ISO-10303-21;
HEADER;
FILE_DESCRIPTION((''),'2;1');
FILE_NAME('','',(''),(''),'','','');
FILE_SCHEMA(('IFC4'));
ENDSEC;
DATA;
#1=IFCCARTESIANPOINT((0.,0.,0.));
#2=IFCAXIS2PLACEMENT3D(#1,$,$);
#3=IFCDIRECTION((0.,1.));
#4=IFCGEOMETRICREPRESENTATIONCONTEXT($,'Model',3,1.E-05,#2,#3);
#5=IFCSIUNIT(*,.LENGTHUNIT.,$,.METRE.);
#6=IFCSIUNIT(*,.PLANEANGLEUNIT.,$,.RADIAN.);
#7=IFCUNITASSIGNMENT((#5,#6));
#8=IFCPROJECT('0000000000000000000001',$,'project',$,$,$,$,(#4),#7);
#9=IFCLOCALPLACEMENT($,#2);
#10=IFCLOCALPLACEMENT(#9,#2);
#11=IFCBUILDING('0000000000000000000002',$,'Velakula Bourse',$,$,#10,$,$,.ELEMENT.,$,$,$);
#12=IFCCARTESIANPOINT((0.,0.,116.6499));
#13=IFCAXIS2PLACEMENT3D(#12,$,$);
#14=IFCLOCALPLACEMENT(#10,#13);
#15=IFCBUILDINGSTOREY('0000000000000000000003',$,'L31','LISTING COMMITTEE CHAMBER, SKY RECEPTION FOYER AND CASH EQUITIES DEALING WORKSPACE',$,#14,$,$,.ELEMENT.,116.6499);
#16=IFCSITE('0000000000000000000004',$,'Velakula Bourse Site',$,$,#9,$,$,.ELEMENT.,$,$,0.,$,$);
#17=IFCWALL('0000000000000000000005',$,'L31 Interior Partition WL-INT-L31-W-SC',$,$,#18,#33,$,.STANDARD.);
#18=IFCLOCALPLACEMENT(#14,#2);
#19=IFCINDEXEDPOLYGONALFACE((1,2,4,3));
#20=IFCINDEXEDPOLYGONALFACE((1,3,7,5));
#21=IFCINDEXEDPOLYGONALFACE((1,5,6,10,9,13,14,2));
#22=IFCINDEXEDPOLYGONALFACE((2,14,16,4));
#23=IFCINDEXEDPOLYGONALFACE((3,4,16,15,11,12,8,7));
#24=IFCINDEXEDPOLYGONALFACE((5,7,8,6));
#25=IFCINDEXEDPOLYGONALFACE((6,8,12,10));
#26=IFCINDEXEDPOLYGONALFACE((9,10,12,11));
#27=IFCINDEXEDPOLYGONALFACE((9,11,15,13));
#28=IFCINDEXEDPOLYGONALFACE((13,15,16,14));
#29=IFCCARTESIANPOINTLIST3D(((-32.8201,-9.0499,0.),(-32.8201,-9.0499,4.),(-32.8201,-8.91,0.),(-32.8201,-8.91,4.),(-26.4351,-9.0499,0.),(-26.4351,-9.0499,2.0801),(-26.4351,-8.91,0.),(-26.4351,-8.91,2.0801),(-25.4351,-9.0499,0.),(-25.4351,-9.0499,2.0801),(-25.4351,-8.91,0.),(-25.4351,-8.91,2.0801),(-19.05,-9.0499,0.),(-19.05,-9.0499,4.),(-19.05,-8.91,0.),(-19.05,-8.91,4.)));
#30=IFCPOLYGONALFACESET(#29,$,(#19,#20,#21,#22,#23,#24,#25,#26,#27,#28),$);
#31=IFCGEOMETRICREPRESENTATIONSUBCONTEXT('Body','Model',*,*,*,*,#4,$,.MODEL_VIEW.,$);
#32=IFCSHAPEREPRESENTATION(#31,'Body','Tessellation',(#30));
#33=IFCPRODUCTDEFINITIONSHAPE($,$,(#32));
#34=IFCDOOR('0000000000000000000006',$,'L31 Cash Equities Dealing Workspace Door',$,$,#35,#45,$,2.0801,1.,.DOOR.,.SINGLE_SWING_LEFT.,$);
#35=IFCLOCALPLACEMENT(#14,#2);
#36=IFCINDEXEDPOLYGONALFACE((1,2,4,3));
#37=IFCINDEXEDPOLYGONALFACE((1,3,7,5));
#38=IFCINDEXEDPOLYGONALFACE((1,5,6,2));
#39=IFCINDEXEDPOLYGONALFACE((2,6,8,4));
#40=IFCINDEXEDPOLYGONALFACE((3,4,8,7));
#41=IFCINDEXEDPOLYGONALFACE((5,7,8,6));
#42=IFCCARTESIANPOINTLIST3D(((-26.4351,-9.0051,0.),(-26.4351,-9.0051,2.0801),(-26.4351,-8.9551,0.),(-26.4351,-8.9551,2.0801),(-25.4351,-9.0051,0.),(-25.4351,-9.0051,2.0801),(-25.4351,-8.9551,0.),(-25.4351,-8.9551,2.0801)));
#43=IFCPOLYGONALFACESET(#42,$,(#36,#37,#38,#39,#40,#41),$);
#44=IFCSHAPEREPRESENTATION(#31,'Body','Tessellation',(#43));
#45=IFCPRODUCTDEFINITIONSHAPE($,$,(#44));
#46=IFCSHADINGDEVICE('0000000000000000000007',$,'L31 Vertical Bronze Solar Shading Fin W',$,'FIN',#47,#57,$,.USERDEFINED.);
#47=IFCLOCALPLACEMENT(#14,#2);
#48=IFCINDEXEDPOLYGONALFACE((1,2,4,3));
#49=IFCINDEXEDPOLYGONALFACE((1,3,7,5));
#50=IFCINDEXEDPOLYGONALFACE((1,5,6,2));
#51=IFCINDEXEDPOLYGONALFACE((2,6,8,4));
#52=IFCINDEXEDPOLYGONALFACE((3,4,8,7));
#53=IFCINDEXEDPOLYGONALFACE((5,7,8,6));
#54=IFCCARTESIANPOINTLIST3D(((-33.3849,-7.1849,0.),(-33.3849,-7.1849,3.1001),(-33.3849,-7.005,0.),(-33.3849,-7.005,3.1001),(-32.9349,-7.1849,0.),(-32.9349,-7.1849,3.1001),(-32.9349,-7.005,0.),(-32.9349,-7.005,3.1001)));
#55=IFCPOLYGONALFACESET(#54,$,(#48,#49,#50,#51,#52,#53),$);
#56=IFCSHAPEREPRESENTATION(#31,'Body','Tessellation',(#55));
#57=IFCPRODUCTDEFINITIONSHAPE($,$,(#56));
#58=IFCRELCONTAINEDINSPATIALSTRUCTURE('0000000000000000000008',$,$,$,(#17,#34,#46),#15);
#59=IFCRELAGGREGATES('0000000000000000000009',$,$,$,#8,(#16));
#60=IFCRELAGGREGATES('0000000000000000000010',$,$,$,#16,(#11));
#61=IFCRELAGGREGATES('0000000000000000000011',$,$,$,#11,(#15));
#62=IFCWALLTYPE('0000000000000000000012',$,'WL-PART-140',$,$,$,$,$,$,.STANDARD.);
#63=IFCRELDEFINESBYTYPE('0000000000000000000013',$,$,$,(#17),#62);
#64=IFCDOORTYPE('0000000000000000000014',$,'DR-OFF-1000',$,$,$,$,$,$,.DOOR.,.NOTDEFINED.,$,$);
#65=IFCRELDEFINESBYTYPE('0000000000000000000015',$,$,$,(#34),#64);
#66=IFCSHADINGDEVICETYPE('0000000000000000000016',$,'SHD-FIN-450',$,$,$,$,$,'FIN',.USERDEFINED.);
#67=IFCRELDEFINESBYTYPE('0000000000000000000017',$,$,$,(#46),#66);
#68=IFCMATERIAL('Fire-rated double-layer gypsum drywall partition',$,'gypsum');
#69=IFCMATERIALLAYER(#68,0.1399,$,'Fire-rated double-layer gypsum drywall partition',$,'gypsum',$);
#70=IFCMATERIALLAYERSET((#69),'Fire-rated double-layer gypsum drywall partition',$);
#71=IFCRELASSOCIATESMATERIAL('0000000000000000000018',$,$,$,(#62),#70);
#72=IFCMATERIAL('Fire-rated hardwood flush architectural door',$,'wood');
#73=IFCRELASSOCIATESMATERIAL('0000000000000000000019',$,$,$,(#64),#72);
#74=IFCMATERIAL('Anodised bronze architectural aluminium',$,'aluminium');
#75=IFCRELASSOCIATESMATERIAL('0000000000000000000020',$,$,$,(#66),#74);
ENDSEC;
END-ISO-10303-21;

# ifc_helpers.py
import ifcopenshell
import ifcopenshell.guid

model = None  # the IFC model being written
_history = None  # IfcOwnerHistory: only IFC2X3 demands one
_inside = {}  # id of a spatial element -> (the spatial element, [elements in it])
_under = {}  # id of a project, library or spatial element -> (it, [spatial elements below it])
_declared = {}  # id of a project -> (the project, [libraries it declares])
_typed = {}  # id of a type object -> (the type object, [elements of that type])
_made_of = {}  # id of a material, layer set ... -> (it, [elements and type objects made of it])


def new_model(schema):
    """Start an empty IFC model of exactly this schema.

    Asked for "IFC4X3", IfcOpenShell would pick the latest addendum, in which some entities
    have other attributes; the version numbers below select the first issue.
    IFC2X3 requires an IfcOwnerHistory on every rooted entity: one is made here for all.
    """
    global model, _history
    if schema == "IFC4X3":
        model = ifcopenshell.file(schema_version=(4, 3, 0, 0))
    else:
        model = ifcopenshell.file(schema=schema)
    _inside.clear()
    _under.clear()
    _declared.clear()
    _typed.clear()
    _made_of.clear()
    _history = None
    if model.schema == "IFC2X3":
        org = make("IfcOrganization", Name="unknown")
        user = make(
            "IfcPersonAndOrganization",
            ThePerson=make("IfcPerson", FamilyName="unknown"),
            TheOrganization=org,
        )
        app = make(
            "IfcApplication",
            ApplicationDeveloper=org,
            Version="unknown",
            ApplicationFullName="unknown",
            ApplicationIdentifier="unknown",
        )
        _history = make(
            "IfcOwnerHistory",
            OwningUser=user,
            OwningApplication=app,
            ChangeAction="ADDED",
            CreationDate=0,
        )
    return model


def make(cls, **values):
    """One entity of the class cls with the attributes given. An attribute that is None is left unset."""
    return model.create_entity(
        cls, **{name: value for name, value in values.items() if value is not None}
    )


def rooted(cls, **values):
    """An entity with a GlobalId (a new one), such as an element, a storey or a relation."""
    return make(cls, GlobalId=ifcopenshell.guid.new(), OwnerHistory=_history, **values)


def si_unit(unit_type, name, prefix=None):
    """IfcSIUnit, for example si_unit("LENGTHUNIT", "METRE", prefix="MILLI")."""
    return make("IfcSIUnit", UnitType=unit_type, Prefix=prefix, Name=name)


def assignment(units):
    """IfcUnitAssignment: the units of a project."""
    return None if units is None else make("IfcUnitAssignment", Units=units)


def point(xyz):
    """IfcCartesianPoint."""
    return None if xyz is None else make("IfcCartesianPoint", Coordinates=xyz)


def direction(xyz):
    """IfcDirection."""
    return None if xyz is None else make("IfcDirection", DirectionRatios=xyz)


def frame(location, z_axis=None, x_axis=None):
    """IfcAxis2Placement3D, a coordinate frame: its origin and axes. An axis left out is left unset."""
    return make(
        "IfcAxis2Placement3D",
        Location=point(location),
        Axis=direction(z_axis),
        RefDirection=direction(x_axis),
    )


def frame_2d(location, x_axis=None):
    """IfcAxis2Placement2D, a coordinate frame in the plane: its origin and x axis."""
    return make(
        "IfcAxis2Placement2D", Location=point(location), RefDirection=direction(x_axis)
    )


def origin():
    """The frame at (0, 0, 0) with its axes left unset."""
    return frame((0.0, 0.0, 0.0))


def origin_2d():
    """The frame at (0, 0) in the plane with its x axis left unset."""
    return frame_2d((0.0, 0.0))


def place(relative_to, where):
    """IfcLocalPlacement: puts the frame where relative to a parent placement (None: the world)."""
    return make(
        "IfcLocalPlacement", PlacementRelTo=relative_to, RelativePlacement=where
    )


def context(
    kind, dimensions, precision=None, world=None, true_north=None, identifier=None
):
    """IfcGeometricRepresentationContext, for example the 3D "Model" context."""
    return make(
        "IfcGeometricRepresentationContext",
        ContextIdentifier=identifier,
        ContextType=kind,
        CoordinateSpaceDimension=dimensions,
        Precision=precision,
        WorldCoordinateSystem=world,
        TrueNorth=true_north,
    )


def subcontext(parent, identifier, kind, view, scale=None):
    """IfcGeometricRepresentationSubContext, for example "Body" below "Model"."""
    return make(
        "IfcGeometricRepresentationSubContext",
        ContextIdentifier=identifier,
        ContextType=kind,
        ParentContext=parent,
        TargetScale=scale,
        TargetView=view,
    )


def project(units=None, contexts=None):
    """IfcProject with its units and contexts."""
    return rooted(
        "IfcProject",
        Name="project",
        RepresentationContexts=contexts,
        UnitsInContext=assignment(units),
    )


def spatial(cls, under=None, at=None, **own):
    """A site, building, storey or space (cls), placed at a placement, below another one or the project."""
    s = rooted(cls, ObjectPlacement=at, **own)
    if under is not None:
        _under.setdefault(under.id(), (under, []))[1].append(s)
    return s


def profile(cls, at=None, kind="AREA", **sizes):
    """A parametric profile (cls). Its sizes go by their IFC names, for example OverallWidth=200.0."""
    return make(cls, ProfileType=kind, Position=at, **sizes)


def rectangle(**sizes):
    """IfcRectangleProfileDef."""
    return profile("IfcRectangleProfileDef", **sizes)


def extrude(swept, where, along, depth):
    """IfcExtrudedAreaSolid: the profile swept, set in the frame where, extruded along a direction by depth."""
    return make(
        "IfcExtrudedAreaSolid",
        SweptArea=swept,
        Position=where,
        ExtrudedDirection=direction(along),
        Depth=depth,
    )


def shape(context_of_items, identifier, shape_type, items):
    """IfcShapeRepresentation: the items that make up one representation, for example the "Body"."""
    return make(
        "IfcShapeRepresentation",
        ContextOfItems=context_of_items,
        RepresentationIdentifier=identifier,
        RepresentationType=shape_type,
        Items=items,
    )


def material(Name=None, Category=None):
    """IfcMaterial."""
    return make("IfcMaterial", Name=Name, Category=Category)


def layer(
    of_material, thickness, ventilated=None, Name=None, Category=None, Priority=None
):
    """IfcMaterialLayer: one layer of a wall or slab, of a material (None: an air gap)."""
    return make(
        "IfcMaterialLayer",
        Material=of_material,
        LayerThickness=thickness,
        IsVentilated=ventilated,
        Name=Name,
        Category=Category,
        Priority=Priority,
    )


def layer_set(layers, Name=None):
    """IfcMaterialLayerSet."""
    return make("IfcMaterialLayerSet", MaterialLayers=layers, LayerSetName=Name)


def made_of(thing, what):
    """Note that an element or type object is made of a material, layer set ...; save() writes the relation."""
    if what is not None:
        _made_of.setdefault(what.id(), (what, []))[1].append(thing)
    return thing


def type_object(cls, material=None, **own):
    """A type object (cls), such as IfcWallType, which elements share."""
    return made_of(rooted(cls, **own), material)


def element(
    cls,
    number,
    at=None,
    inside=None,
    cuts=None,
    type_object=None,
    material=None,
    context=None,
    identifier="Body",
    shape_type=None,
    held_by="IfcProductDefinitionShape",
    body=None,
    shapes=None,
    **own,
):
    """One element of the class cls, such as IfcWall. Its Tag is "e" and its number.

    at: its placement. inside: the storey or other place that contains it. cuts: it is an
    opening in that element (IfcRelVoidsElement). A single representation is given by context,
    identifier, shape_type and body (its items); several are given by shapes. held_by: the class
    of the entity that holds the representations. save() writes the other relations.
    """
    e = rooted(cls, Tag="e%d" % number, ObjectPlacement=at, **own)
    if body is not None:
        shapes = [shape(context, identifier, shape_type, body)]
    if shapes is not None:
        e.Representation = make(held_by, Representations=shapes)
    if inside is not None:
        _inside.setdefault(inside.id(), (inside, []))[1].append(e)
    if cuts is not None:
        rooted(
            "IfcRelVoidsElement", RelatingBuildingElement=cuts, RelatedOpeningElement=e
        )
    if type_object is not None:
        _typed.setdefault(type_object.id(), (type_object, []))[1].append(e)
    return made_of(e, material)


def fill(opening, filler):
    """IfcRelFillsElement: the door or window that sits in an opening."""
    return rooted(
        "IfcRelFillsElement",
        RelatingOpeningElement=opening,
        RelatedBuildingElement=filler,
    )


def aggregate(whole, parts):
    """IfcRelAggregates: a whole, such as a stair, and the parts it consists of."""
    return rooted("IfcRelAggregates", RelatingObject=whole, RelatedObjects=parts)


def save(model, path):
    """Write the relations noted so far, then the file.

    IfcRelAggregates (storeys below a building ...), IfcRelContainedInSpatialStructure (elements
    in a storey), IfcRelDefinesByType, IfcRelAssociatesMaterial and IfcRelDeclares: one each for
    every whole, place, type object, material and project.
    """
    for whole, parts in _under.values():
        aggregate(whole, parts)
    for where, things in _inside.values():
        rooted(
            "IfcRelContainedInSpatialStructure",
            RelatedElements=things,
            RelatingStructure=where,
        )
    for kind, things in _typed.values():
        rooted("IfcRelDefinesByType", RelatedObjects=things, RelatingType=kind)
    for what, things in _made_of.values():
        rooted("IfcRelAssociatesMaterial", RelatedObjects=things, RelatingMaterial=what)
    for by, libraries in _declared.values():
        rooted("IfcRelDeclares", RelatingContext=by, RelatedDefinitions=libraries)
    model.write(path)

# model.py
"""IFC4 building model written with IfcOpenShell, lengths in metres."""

from ifc_helpers import new_model, si_unit, direction, frame, frame_2d, origin, origin_2d, place, context, subcontext, project, spatial, rectangle, extrude, material, layer, layer_set, type_object, element, fill, save


model = new_model("IFC4")

# Units and contexts
model_context = context("Model", 3, precision=1e-05, world=origin(), true_north=direction((0.0, 1.0)))
body_context = subcontext(model_context, "Body", "Model", "MODEL_VIEW")
ifc_project = project(units=[si_unit("LENGTHUNIT", "METRE"), si_unit("PLANEANGLEUNIT", "RADIAN")], contexts=[model_context])

# Site, building, storey
site_placement = place(None, origin())
site = spatial("IfcSite", under=ifc_project, at=site_placement, Name="Velakula Bourse Site", CompositionType="ELEMENT", RefElevation=0.0)
building_placement = place(site_placement, origin())
building = spatial("IfcBuilding", under=site, at=building_placement, Name="Velakula Bourse", CompositionType="ELEMENT")
storey_placement = place(building_placement, frame((0.0, 0.0, 116.6499)))
storey = spatial("IfcBuildingStorey", under=building, at=storey_placement, Name="L31", Description="LISTING COMMITTEE CHAMBER, SKY RECEPTION FOYER AND CASH EQUITIES DEALING WORKSPACE", CompositionType="ELEMENT", Elevation=116.6499)

# Shared definitions
ifc_material_1 = material(Name="Fire-rated double-layer gypsum drywall partition", Category="gypsum")

# Shared definitions
ifc_layer_1 = layer(ifc_material_1, 0.1399, Name="Fire-rated double-layer gypsum drywall partition", Category="gypsum")
ifc_layer_set_1 = layer_set([ifc_layer_1], Name="Fire-rated double-layer gypsum drywall partition")
wall_type_1 = type_object("IfcWallType", Name="WL-PART-140", PredefinedType="STANDARD", material=ifc_layer_set_1)
ifc_material_2 = material(Name="Fire-rated hardwood flush architectural door", Category="wood")
door_type_1 = type_object("IfcDoorType", Name="DR-OFF-1000", OperationType="NOTDEFINED", PredefinedType="DOOR", material=ifc_material_2)

# Wall, opening, door
wall_1_placement = place(storey_placement, frame((-32.8201, -8.98, 0.0), z_axis=(0.0, 0.0, 1.0), x_axis=(1.0, 0.0, 0.0)))
wall_1 = element("IfcWall", 1, at=wall_1_placement, inside=storey, type_object=wall_type_1, Name="L31 Interior Partition WL-INT-L31-W-SC", PredefinedType="STANDARD", context=body_context, shape_type="SweptSolid", body=[
    extrude(rectangle(XDim=13.77, YDim=0.1399, at=frame_2d((6.885, 0.0))), origin(), (0.0, 0.0, 1.0), 4.0),
])
opening_1_placement = place(wall_1_placement, frame((6.385, 0.0, 0.0)))
opening_1 = element("IfcOpeningElement", 2, at=opening_1_placement, cuts=wall_1, PredefinedType="OPENING", context=body_context, shape_type="SweptSolid", body=[
    extrude(rectangle(XDim=1.0, YDim=2.0801, at=frame_2d((0.5, 1.04))), frame((0.0, 0.0798, 0.0), z_axis=(0.0, -1.0, 0.0), x_axis=(1.0, 0.0, 0.0)), (0.0, 0.0, 1.0), 0.1599),
])
door_1_placement = place(opening_1_placement, origin())
door_1 = element("IfcDoor", 3, at=door_1_placement, inside=storey, type_object=door_type_1, Name="L31 Cash Equities Dealing Workspace Door", OperationType="SINGLE_SWING_LEFT", OverallHeight=2.0801, OverallWidth=1.0, PredefinedType="DOOR", context=body_context, shape_type="SweptSolid", body=[
    extrude(rectangle(XDim=1.0, YDim=2.0801, at=frame_2d((0.5, 1.04))), frame((0.0, 0.0249, 0.0), z_axis=(0.0, -1.0, 0.0), x_axis=(1.0, 0.0, 0.0)), (0.0, 0.0, 1.0), 0.05),
])
fill(opening_1, door_1)

# Shading device
ifc_material_3 = material(Name="Anodised bronze architectural aluminium", Category="aluminium")
shading_device_type = type_object("IfcShadingDeviceType", Name="SHD-FIN-450", ElementType="FIN", PredefinedType="USERDEFINED", material=ifc_material_3)
shading_device_placement = place(storey_placement, frame((-33.1599, -7.095, 0.0), z_axis=(0.0, 0.0, 1.0), x_axis=(1.0, 0.0, 0.0)))
element("IfcShadingDevice", 4, at=shading_device_placement, inside=storey, type_object=shading_device_type, Name="L31 Vertical Bronze Solar Shading Fin W", ObjectType="FIN", PredefinedType="USERDEFINED", context=body_context, shape_type="SweptSolid", body=[
    extrude(rectangle(XDim=0.45, YDim=0.1799, at=origin_2d()), origin(), (0.0, 0.0, 1.0), 3.1001),
])

save(model, "model.ifc")
